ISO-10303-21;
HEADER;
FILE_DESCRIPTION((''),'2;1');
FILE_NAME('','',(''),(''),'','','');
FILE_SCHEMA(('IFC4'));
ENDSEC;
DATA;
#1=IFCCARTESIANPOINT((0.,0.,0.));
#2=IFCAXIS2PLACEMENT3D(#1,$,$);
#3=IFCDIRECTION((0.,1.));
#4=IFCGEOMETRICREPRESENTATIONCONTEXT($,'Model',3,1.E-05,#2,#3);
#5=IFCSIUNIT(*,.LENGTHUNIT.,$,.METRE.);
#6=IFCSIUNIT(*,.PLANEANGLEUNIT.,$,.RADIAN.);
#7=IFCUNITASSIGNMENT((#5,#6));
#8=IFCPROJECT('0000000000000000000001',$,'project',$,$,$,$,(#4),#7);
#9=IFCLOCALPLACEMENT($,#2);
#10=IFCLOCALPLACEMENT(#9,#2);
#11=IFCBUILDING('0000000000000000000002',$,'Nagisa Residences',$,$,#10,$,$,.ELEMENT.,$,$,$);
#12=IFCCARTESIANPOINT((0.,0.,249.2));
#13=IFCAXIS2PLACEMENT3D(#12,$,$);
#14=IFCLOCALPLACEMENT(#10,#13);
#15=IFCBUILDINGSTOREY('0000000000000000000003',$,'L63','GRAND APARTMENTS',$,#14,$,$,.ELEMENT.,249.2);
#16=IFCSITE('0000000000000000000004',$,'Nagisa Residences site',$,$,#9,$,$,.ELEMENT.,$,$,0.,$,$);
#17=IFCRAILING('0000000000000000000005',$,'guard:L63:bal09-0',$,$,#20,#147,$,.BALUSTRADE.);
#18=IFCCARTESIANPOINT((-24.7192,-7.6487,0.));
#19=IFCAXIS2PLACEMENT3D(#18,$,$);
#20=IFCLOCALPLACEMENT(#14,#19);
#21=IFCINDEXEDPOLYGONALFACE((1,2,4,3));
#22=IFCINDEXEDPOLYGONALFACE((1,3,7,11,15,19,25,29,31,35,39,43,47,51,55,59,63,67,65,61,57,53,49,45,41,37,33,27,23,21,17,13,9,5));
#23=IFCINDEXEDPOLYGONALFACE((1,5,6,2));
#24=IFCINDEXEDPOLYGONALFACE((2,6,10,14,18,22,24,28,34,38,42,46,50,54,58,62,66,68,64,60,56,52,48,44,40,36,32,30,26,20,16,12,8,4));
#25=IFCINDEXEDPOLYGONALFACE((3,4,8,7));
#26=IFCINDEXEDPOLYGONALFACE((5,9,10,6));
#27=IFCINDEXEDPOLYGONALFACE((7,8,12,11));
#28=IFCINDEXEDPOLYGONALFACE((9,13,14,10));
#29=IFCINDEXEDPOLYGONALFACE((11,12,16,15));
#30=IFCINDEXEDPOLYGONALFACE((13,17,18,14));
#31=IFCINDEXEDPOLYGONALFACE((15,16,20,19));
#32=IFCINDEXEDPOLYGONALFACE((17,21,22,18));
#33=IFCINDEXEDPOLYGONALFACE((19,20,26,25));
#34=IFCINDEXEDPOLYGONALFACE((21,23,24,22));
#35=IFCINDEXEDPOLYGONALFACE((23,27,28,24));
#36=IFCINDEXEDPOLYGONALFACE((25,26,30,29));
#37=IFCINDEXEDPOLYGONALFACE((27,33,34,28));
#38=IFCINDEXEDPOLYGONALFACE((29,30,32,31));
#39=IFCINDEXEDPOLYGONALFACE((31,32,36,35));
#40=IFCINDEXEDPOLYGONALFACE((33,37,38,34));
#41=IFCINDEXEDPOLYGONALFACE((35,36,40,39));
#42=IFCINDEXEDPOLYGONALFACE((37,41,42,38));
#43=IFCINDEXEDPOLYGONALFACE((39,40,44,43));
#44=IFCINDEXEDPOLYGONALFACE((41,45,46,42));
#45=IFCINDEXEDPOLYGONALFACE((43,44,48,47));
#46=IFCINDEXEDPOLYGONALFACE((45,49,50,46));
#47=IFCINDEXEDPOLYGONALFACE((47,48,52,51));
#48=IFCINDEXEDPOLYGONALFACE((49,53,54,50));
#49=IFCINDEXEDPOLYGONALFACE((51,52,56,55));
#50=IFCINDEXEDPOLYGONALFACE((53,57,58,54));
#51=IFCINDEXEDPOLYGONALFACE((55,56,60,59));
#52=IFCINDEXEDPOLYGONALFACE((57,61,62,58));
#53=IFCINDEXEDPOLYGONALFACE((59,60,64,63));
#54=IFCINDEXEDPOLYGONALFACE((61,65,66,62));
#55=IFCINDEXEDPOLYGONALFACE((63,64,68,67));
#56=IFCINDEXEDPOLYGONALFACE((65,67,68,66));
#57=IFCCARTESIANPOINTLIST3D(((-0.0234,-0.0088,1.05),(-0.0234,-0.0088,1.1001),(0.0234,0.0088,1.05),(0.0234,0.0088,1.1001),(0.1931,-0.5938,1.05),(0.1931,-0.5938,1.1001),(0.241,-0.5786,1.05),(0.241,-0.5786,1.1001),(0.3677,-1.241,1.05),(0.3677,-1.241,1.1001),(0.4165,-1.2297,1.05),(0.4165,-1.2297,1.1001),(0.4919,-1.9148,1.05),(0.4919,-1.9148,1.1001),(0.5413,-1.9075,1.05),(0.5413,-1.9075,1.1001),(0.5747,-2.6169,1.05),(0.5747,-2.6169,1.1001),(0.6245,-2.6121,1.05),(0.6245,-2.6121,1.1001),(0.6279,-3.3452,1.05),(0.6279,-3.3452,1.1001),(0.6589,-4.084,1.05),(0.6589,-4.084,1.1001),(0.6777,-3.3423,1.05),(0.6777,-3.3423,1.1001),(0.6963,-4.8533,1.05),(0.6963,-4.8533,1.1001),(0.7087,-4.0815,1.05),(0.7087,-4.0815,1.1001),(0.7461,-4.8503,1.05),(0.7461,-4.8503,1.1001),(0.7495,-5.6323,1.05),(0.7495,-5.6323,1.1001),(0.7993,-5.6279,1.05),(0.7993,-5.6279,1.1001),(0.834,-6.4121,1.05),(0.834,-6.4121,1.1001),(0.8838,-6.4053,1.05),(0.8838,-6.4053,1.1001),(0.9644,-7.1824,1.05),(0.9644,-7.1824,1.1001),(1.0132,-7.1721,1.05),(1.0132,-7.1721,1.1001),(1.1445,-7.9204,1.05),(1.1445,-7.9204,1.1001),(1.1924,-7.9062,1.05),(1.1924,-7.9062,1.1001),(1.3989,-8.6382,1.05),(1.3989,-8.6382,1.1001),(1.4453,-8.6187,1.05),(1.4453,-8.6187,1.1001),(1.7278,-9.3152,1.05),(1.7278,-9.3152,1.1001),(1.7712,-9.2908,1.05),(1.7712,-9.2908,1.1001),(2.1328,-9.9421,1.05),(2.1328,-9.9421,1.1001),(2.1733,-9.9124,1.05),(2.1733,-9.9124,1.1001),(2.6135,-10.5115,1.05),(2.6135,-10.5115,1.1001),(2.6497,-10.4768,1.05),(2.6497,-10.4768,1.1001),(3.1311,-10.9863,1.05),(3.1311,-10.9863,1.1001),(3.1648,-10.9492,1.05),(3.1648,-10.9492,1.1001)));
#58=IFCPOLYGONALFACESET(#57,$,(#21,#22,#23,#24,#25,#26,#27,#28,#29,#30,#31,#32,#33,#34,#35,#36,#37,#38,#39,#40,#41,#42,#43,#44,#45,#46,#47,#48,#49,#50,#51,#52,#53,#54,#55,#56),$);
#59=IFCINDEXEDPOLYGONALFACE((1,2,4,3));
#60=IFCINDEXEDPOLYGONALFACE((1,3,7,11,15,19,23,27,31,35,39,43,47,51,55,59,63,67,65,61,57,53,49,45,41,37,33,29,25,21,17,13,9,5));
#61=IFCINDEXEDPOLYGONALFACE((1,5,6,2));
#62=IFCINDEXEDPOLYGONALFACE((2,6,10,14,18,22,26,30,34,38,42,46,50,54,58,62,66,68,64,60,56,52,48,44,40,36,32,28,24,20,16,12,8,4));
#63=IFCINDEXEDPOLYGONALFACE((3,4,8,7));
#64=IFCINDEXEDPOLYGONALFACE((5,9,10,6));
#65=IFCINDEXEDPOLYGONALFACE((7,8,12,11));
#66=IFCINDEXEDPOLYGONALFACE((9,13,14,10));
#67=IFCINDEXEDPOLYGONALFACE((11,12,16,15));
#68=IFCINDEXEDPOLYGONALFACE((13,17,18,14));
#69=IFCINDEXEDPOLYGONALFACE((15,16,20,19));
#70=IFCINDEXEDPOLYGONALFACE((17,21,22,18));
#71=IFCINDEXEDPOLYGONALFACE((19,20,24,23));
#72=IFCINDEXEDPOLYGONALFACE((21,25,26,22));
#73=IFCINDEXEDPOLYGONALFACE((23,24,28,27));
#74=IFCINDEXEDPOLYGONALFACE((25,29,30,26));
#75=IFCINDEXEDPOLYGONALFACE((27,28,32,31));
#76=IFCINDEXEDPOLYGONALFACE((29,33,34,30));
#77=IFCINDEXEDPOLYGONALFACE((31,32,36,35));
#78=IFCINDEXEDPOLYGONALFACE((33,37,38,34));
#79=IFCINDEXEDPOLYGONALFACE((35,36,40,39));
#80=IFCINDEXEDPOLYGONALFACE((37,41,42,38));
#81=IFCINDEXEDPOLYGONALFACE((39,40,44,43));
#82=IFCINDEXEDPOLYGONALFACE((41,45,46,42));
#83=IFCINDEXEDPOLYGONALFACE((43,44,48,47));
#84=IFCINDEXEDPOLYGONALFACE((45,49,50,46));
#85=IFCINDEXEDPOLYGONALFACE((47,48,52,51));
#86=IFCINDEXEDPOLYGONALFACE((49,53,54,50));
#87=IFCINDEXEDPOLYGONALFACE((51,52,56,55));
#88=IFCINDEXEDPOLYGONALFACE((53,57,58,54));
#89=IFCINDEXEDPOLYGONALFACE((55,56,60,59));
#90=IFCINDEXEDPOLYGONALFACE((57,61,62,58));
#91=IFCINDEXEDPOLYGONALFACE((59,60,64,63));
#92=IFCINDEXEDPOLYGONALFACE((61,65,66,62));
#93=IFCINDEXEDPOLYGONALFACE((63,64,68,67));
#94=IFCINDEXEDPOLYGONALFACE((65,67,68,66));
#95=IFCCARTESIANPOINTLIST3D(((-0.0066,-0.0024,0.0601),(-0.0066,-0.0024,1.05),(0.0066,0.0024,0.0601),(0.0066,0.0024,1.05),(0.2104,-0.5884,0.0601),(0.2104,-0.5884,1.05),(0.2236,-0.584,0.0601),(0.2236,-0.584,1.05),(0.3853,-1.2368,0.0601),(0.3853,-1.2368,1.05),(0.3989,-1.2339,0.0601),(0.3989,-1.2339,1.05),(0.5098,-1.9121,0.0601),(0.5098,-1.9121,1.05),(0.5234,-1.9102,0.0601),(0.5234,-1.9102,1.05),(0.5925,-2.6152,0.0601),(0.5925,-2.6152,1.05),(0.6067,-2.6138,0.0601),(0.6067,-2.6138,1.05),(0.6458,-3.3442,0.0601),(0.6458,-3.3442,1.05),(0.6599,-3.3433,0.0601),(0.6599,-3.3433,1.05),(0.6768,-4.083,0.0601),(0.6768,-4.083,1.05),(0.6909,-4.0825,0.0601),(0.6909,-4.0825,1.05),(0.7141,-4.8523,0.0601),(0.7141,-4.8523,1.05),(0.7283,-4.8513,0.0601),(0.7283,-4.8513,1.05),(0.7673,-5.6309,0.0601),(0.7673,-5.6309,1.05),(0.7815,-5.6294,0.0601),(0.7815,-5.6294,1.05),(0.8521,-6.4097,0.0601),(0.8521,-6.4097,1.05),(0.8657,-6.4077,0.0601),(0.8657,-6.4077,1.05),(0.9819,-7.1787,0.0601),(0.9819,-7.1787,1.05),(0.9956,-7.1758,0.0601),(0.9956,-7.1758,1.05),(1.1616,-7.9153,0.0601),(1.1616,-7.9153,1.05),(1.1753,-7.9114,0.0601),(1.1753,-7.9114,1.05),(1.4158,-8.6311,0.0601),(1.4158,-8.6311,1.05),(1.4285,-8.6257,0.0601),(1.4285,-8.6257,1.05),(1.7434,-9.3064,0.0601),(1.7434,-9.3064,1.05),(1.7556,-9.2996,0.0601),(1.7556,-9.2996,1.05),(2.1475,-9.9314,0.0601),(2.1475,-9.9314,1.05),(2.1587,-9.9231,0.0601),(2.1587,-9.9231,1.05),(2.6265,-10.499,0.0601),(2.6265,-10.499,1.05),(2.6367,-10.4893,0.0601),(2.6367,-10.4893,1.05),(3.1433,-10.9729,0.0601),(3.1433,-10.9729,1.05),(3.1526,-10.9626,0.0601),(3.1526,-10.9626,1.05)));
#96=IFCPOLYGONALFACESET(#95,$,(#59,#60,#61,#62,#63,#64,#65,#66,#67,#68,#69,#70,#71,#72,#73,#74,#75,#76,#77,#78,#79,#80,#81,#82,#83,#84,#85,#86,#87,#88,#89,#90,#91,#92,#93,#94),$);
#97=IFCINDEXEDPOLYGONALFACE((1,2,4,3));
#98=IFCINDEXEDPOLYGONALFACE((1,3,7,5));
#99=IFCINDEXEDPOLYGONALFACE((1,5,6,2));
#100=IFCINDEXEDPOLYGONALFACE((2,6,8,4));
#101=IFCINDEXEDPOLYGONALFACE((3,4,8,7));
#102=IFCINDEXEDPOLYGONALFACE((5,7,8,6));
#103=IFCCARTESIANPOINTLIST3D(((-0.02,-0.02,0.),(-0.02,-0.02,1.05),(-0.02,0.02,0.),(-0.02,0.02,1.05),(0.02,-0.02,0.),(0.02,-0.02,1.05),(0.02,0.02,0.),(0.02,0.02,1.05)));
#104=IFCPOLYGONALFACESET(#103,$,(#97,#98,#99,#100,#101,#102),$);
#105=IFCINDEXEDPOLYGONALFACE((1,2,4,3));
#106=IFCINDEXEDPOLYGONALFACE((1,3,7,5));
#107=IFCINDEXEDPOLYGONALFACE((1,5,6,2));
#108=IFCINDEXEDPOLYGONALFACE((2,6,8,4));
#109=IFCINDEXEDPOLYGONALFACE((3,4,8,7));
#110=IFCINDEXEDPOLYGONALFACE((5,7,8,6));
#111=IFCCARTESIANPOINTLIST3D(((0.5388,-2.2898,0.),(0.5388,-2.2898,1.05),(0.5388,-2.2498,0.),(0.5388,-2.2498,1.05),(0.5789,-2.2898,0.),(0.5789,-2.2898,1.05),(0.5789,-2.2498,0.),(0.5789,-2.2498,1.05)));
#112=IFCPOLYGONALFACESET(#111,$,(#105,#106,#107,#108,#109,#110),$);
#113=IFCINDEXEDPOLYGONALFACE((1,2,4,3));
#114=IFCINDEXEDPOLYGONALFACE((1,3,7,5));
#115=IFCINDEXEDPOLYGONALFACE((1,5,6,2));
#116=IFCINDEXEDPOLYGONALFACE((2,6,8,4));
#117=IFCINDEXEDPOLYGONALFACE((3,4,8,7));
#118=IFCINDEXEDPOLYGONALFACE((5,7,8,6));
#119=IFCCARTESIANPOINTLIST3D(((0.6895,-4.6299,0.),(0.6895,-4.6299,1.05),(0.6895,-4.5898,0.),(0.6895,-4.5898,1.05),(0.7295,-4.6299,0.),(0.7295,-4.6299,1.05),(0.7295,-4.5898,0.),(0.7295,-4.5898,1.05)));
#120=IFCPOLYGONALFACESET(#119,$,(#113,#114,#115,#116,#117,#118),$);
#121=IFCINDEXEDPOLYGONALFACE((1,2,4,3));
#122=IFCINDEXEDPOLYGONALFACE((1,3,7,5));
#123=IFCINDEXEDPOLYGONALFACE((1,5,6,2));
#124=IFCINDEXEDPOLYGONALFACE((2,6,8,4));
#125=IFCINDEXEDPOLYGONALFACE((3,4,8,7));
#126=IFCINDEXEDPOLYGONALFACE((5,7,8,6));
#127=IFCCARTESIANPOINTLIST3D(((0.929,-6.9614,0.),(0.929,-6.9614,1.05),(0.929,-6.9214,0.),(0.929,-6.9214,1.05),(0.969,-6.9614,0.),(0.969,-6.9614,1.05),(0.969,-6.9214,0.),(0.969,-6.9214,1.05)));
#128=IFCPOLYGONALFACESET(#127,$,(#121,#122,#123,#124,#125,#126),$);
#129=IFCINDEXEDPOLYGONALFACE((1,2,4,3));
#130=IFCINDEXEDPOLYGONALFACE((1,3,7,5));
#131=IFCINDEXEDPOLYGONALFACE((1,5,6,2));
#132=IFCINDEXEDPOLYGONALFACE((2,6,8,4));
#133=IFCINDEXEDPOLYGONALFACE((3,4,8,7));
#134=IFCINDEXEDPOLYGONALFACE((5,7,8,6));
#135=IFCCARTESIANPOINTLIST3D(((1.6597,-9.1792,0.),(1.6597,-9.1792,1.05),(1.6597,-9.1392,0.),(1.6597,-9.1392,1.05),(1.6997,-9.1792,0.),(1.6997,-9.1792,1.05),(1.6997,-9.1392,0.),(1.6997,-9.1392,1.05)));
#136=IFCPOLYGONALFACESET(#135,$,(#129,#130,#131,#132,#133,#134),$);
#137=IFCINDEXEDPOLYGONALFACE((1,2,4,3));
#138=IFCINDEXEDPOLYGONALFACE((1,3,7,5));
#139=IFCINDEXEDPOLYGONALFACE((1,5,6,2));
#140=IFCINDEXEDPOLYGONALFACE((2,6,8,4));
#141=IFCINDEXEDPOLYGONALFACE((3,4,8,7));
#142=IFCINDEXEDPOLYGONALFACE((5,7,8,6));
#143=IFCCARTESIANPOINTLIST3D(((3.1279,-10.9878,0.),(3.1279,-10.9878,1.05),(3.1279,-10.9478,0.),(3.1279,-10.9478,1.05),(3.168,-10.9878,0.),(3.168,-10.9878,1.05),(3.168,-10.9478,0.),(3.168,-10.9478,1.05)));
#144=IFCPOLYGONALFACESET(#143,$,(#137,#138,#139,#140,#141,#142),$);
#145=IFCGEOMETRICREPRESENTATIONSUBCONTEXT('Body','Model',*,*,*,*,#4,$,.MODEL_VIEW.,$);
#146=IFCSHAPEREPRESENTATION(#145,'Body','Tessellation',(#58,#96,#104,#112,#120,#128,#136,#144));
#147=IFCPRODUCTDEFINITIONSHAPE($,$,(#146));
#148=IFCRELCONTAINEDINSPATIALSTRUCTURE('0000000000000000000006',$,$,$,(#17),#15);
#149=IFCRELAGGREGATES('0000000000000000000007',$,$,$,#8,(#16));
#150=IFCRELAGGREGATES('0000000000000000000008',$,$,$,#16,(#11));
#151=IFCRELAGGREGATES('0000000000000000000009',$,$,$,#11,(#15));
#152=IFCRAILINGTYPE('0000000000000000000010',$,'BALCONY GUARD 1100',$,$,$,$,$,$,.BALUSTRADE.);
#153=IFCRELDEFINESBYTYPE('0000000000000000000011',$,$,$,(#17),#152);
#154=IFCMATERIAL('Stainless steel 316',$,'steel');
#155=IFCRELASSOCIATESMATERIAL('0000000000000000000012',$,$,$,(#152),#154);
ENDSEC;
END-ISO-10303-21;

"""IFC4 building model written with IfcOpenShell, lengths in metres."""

from ifc_helpers import new_model, si_unit, direction, frame, origin, origin_2d, place, context, subcontext, project, spatial, polyline, rectangle, outline, extrude, material, type_object, element, save


model = new_model("IFC4")

# Units and contexts
model_context = context("Model", 3, precision=1e-05, world=origin(), true_north=direction((0.0, 1.0)))
body_context = subcontext(model_context, "Body", "Model", "MODEL_VIEW")
ifc_project = project(units=[si_unit("LENGTHUNIT", "METRE"), si_unit("PLANEANGLEUNIT", "RADIAN")], contexts=[model_context])

# Site, building, storey
site_placement = place(None, origin())
site = spatial("IfcSite", under=ifc_project, at=site_placement, Name="Nagisa Residences site", CompositionType="ELEMENT", RefElevation=0.0)
building_placement = place(site_placement, origin())
building = spatial("IfcBuilding", under=site, at=building_placement, Name="Nagisa Residences", CompositionType="ELEMENT")
storey_placement = place(building_placement, frame((0.0, 0.0, 249.2)))
storey = spatial("IfcBuildingStorey", under=building, at=storey_placement, Name="L63", Description="GRAND APARTMENTS", CompositionType="ELEMENT", Elevation=249.2)

# Railing
ifc_material_1 = material(Name="Stainless steel 316", Category="steel")
railing_type = type_object("IfcRailingType", Name="BALCONY GUARD 1100", PredefinedType="BALUSTRADE", material=ifc_material_1)
railing_placement = place(storey_placement, frame((-24.7192, -7.6487, 0.0)))
element("IfcRailing", 1, at=railing_placement, inside=storey, type_object=railing_type, Name="guard:L63:bal09-0", PredefinedType="BALUSTRADE", context=body_context, shape_type="SweptSolid", body=[
    extrude(outline(polyline([(0.241, -0.5786), (0.0234, 0.0088), (-0.0234, -0.0088), (0.1931, -0.5938), (0.3677, -1.241), (0.4919, -1.9148), (0.5747, -2.6169), (0.6279, -3.3452), (0.6589, -4.084), (0.6963, -4.8533), (0.7495, -5.6323), (0.834, -6.4121), (0.9644, -7.1824), (1.1445, -7.9204), (1.3989, -8.6382), (1.7278, -9.3152), (2.1328, -9.9421), (2.6135, -10.5115), (3.1311, -10.9863), (3.1648, -10.9492), (2.6497, -10.4768), (2.1733, -9.9124), (1.7712, -9.2908), (1.4453, -8.6187), (1.1924, -7.9062), (1.0132, -7.1721), (0.8838, -6.4053), (0.7993, -5.6279), (0.7461, -4.8503), (0.7087, -4.0815), (0.6777, -3.3423), (0.6245, -2.6121), (0.5413, -1.9075), (0.4165, -1.2297), (0.241, -0.5786)])), frame((0.0, 0.0, 1.05)), (0.0, 0.0, 1.0), 0.05),
    extrude(outline(polyline([(0.2236, -0.584), (0.0066, 0.0024), (-0.0066, -0.0024), (0.2104, -0.5884), (0.3853, -1.2368), (0.5098, -1.9121), (0.5925, -2.6152), (0.6458, -3.3442), (0.6768, -4.083), (0.7141, -4.8523), (0.7673, -5.6309), (0.8521, -6.4097), (0.9819, -7.1787), (1.1616, -7.9153), (1.4158, -8.6311), (1.7434, -9.3064), (2.1475, -9.9314), (2.6265, -10.499), (3.1433, -10.9729), (3.1526, -10.9626), (2.6367, -10.4893), (2.1587, -9.9231), (1.7556, -9.2996), (1.4285, -8.6257), (1.1753, -7.9114), (0.9956, -7.1758), (0.8657, -6.4077), (0.7815, -5.6294), (0.7283, -4.8513), (0.6909, -4.0825), (0.6599, -3.3433), (0.6067, -2.6138), (0.5234, -1.9102), (0.3989, -1.2339), (0.2236, -0.584)])), frame((0.0, 0.0, 0.0601)), (0.0, 0.0, 1.0), 0.99),
    extrude(rectangle(XDim=0.04, YDim=0.04, at=origin_2d()), origin(), (0.0, 0.0, 1.0), 1.05),
    extrude(rectangle(XDim=0.04, YDim=0.04, at=origin_2d()), frame((0.5588, -2.2698, 0.0)), (0.0, 0.0, 1.0), 1.05),
    extrude(rectangle(XDim=0.04, YDim=0.04, at=origin_2d()), frame((0.7095, -4.6099, 0.0)), (0.0, 0.0, 1.0), 1.05),
    extrude(rectangle(XDim=0.04, YDim=0.04, at=origin_2d()), frame((0.949, -6.9414, 0.0)), (0.0, 0.0, 1.0), 1.05),
    extrude(rectangle(XDim=0.04, YDim=0.04, at=origin_2d()), frame((1.6797, -9.1592, 0.0)), (0.0, 0.0, 1.0), 1.05),
    extrude(rectangle(XDim=0.04, YDim=0.04, at=origin_2d()), frame((3.1479, -10.9678, 0.0)), (0.0, 0.0, 1.0), 1.05),
])

save(model, "model.ifc")
